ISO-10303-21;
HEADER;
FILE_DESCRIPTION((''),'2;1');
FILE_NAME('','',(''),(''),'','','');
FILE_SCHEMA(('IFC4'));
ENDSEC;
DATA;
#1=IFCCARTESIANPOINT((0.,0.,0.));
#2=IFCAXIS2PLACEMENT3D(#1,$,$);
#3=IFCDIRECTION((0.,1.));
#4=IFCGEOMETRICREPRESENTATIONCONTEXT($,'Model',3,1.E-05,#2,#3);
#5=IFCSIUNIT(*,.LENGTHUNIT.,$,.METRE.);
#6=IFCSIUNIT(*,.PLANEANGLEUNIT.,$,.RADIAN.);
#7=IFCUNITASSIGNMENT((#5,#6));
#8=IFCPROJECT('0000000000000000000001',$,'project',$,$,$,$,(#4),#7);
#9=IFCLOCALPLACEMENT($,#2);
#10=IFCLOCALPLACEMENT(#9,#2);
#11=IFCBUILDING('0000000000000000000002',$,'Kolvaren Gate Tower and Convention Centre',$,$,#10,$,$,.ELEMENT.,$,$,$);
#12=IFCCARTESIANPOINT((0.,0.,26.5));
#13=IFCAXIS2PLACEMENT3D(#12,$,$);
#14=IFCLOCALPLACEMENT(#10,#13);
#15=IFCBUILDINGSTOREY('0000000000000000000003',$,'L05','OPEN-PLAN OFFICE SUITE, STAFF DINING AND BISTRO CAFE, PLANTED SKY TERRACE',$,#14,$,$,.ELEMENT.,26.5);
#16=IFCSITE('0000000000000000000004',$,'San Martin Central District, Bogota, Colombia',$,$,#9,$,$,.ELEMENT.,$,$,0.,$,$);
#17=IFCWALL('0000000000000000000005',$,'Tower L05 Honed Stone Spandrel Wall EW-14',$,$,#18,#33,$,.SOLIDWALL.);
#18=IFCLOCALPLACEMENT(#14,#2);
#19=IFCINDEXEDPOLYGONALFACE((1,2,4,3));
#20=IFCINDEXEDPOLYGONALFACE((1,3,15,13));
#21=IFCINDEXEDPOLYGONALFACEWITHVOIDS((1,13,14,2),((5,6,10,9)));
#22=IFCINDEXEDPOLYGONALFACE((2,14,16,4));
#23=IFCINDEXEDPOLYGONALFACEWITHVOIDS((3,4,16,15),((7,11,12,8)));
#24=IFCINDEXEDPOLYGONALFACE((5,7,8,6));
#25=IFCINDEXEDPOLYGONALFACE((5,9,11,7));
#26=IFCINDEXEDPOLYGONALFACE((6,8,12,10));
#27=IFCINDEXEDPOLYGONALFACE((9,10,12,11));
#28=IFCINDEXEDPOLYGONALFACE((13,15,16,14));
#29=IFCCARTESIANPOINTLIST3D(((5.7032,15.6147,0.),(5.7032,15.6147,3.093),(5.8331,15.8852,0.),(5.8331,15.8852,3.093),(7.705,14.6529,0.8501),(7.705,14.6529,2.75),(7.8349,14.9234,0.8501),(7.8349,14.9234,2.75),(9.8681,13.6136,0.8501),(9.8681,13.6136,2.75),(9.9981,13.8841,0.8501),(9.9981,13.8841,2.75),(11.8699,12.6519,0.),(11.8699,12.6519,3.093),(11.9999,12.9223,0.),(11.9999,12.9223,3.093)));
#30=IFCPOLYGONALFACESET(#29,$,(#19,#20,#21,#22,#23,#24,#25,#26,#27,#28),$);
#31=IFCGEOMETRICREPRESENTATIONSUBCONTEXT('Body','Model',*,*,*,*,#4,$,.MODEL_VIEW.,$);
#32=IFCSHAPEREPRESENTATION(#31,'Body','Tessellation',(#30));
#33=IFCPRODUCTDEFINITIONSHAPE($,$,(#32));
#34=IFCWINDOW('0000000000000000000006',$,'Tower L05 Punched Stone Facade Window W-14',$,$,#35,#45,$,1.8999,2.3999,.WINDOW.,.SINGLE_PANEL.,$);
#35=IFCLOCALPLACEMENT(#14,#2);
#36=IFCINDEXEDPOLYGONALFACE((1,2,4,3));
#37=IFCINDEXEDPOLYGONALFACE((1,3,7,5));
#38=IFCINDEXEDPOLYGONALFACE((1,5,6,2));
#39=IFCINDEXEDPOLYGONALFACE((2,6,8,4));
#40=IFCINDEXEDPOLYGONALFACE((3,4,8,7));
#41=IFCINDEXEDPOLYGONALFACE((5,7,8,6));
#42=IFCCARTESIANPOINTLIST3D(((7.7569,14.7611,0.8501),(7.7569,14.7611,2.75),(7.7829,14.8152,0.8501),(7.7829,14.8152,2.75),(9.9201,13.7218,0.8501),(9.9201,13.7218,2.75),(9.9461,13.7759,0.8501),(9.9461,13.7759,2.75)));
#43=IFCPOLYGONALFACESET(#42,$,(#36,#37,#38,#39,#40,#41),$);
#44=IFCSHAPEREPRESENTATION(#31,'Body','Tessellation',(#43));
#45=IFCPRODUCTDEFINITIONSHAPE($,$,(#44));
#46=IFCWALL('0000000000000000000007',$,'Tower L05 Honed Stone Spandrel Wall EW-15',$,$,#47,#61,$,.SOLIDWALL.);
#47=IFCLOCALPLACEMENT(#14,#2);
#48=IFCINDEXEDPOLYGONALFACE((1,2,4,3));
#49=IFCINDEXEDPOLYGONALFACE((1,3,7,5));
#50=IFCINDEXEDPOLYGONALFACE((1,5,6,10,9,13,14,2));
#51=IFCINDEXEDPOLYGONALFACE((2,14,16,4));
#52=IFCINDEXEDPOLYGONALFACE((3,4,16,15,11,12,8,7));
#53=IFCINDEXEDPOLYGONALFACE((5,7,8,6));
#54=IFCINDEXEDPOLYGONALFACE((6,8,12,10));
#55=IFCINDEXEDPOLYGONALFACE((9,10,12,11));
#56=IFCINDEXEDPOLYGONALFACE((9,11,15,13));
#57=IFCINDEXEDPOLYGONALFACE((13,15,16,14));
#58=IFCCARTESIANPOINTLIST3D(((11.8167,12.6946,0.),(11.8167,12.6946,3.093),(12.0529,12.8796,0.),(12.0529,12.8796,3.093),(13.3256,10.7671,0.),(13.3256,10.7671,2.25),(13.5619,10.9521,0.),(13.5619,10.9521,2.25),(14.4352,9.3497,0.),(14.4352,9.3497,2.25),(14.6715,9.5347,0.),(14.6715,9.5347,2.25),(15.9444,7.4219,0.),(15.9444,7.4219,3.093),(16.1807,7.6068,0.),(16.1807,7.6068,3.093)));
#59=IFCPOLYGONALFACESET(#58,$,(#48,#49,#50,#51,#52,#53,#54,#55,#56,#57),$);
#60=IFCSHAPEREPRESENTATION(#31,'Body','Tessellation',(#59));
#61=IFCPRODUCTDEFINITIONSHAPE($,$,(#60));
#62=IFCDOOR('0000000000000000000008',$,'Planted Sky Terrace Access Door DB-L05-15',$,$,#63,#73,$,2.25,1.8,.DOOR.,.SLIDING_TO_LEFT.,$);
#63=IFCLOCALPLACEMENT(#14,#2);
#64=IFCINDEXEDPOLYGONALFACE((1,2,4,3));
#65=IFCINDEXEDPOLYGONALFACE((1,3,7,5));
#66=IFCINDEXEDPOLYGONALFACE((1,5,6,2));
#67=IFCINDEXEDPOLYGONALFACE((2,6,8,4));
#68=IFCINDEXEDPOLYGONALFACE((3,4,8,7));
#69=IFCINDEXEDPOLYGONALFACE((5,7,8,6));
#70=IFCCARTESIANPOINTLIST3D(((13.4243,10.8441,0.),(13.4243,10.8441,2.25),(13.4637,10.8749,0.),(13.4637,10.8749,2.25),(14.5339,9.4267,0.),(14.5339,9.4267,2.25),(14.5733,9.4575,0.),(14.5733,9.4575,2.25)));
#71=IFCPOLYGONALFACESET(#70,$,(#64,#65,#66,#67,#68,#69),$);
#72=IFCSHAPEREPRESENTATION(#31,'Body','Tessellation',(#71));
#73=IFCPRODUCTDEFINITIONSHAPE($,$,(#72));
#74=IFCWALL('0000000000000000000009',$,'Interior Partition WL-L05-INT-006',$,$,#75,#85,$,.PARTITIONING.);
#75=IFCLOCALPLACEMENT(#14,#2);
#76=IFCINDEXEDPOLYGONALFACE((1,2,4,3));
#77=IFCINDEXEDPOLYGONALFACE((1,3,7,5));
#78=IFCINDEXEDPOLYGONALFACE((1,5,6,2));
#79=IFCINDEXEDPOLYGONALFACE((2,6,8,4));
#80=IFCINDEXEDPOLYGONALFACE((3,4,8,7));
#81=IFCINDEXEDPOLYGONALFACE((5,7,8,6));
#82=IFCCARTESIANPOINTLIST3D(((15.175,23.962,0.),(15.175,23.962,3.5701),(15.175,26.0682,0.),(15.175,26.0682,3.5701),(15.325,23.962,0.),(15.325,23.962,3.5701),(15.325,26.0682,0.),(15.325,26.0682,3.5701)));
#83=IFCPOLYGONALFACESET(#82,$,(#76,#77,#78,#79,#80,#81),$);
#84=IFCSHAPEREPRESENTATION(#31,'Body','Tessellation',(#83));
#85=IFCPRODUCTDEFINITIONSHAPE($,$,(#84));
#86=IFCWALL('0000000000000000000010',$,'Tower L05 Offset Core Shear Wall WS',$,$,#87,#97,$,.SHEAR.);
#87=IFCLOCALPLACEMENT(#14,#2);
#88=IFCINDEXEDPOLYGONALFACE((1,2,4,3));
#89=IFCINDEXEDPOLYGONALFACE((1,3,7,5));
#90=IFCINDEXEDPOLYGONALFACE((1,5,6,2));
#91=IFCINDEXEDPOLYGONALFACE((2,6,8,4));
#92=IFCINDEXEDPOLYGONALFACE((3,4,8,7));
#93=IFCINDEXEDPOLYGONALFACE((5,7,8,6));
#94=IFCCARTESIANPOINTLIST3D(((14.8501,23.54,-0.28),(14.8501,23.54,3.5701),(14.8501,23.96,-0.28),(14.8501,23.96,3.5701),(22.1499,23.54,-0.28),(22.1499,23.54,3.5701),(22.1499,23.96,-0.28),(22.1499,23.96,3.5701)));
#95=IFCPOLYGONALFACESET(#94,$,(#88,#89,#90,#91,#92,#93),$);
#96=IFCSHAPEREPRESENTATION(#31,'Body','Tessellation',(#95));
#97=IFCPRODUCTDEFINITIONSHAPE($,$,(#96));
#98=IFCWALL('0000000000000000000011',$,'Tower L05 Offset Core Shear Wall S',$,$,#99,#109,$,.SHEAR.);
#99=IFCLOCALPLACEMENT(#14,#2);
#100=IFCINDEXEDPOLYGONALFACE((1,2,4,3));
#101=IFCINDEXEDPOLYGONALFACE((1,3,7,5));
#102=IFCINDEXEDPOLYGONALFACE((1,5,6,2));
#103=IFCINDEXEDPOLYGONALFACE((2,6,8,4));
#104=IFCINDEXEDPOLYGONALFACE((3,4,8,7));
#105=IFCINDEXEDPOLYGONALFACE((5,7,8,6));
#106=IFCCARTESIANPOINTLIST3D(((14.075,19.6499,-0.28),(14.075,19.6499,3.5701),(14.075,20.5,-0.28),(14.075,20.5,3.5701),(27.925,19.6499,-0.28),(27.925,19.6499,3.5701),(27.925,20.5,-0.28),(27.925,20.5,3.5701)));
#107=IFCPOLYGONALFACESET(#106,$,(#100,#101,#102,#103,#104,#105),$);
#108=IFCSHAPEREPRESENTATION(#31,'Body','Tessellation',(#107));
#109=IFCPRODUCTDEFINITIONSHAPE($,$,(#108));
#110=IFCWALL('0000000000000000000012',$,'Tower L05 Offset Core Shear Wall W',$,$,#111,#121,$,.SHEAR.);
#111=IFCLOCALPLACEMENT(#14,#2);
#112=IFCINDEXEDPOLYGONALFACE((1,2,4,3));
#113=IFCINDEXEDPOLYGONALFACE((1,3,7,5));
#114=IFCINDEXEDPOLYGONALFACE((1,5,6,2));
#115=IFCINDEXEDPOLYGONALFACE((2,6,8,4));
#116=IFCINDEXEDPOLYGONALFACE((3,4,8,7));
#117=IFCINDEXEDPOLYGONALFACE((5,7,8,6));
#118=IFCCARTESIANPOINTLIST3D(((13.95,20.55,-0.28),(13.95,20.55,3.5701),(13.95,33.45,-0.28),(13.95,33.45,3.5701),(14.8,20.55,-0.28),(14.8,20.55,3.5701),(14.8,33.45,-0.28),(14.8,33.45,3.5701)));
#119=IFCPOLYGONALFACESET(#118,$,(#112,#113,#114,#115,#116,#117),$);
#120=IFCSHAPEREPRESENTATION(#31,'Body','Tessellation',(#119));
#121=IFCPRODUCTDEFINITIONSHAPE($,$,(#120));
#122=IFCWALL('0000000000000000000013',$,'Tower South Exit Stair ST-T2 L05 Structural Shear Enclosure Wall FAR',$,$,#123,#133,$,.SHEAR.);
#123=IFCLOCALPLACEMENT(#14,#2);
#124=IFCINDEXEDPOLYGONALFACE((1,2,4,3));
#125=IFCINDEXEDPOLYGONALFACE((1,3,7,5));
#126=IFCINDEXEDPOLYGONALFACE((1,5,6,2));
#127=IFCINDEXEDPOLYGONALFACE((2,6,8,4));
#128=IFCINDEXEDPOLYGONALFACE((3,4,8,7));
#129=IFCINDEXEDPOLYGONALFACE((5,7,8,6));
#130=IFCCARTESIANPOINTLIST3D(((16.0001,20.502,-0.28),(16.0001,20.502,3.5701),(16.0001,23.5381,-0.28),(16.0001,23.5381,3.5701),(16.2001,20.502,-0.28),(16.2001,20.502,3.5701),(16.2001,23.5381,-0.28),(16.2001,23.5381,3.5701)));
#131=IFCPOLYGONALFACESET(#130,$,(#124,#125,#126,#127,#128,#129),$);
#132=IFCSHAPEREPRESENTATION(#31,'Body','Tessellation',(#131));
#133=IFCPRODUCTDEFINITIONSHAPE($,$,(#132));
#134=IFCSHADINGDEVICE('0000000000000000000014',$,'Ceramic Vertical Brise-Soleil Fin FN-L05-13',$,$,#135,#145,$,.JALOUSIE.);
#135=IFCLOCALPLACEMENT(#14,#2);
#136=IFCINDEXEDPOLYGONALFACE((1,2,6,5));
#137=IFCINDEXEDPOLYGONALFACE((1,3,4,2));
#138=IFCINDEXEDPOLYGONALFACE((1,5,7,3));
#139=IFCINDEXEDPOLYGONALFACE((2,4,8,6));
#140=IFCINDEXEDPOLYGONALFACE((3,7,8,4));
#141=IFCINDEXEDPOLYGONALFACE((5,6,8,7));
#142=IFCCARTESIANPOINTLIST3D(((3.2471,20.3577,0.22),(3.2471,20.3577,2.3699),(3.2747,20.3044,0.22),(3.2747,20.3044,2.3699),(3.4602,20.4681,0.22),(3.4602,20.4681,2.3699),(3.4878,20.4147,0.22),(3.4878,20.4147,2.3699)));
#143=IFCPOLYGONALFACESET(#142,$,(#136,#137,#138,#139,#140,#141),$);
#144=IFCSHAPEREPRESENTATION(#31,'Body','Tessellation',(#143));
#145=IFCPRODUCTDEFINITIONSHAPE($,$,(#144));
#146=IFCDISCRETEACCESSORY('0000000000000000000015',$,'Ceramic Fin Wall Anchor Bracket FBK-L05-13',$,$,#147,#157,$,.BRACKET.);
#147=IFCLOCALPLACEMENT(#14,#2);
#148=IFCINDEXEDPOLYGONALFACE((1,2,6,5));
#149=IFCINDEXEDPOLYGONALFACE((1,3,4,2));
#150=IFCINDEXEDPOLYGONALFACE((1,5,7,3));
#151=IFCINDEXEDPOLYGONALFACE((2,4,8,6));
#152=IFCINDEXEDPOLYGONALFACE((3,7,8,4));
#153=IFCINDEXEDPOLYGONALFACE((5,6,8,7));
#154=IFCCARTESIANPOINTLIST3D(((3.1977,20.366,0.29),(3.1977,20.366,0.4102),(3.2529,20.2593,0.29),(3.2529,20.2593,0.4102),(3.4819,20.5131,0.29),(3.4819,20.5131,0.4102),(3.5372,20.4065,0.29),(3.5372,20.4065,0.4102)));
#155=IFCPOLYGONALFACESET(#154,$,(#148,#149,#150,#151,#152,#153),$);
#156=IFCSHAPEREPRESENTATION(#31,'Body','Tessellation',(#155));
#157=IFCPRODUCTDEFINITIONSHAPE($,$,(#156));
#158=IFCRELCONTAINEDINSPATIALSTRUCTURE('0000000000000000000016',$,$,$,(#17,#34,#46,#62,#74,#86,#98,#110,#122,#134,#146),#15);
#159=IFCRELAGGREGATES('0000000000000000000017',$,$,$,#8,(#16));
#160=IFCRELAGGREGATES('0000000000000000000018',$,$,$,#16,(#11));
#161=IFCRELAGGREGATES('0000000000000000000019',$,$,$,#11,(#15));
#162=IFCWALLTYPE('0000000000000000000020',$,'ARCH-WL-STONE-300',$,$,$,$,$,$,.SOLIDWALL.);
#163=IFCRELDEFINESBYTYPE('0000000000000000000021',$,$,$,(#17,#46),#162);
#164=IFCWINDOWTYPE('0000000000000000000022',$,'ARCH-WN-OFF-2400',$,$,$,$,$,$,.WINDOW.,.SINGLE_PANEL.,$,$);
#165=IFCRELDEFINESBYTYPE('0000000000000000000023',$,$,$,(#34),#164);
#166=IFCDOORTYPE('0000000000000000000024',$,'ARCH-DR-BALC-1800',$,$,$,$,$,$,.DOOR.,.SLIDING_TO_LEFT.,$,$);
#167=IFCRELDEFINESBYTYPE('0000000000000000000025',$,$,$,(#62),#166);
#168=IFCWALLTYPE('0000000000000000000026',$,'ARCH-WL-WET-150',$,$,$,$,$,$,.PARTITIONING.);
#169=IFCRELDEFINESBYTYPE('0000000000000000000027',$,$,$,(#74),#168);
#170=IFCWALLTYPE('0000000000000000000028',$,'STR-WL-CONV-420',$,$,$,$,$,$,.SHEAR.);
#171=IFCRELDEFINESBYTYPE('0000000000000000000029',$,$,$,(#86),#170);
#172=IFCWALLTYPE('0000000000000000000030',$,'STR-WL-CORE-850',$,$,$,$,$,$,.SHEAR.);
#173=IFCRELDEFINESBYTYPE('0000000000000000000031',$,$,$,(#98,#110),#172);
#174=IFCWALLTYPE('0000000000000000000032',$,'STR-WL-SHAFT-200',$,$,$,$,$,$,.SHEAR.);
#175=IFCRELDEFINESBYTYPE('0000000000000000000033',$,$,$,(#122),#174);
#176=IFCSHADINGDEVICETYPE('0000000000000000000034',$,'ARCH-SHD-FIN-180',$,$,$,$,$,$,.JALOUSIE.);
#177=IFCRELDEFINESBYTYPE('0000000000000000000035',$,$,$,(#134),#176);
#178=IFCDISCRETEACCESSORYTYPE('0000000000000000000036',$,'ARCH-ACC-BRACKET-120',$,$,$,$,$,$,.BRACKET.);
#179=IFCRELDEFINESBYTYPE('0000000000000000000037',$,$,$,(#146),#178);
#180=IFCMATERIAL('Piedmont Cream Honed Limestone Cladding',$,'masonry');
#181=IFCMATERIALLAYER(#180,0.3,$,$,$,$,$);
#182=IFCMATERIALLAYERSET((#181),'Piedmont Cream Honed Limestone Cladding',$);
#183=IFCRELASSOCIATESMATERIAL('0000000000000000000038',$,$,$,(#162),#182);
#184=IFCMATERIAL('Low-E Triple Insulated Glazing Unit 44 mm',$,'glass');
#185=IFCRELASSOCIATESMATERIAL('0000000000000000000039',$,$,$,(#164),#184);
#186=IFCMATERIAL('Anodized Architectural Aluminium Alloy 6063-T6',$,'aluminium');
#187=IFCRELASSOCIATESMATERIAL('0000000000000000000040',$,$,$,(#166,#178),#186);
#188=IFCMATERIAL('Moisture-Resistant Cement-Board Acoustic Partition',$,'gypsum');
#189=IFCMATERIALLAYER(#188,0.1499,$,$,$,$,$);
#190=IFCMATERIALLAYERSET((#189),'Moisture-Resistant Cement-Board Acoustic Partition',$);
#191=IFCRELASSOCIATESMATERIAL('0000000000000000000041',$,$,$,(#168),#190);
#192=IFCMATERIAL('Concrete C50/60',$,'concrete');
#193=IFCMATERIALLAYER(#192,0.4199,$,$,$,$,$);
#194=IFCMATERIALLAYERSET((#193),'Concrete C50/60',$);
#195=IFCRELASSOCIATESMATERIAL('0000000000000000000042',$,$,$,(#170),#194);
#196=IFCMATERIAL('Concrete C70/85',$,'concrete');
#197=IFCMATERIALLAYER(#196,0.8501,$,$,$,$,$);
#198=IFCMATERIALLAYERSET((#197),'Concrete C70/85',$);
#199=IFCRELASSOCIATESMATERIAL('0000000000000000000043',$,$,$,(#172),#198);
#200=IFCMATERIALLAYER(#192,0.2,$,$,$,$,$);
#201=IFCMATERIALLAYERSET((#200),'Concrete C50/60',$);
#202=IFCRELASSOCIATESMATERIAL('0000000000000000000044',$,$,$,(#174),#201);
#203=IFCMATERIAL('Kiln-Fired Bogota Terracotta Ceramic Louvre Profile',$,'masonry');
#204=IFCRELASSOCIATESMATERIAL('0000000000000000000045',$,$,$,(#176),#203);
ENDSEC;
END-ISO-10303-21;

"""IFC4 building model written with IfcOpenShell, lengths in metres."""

from ifc_helpers import new_model, si_unit, direction, frame, frame_2d, origin, origin_2d, place, context, subcontext, project, spatial, rectangle, extrude, material, layer, layer_set, type_object, element, fill, save


model = new_model("IFC4")

# Units and contexts
model_context = context("Model", 3, precision=1e-05, world=origin(), true_north=direction((0.0, 1.0)))
body_context = subcontext(model_context, "Body", "Model", "MODEL_VIEW")
ifc_project = project(units=[si_unit("LENGTHUNIT", "METRE"), si_unit("PLANEANGLEUNIT", "RADIAN")], contexts=[model_context])

# Site, building, storey
site_placement = place(None, origin())
site = spatial("IfcSite", under=ifc_project, at=site_placement, Name="San Martin Central District, Bogota, Colombia", CompositionType="ELEMENT", RefElevation=0.0)
building_placement = place(site_placement, origin())
building = spatial("IfcBuilding", under=site, at=building_placement, Name="Kolvaren Gate Tower and Convention Centre", CompositionType="ELEMENT")
storey_placement = place(building_placement, frame((0.0, 0.0, 26.5)))
storey = spatial("IfcBuildingStorey", under=building, at=storey_placement, Name="L05", Description="OPEN-PLAN OFFICE SUITE, STAFF DINING AND BISTRO CAFE, PLANTED SKY TERRACE", CompositionType="ELEMENT", Elevation=26.5)

# Shared definitions
ifc_material_1 = material(Name="Concrete C70/85", Category="concrete")

# Shared definitions
ifc_material_2 = material(Name="Piedmont Cream Honed Limestone Cladding", Category="masonry")

# Wall, opening, window
ifc_layer_1 = layer(ifc_material_2, 0.3)
ifc_layer_set_1 = layer_set([ifc_layer_1], Name="Piedmont Cream Honed Limestone Cladding")
wall_type_1 = type_object("IfcWallType", Name="ARCH-WL-STONE-300", PredefinedType="SOLIDWALL", material=ifc_layer_set_1)
ifc_material_3 = material(Name="Low-E Triple Insulated Glazing Unit 44 mm", Category="glass")
window_type = type_object("IfcWindowType", Name="ARCH-WN-OFF-2400", PartitioningType="SINGLE_PANEL", PredefinedType="WINDOW", material=ifc_material_3)
wall_1_placement = place(storey_placement, frame((5.7681, 15.75, 0.0), z_axis=(0.0, 0.0, 1.0), x_axis=(0.90136, -0.43307, 0.0)))
wall_1 = element("IfcWall", 1, at=wall_1_placement, inside=storey, type_object=wall_type_1, Name="Tower L05 Honed Stone Spandrel Wall EW-14", PredefinedType="SOLIDWALL", context=body_context, shape_type="SweptSolid", body=[
    extrude(rectangle(XDim=6.8416, YDim=0.3, at=frame_2d((3.4209, 0.0))), origin(), (0.0, 0.0, 1.0), 3.093),
])
opening_1_placement = place(wall_1_placement, frame((2.2209, 0.0, 0.8501)))
opening_1 = element("IfcOpeningElement", 2, at=opening_1_placement, cuts=wall_1, PredefinedType="OPENING", context=body_context, shape_type="SweptSolid", body=[
    extrude(rectangle(XDim=2.3999, YDim=1.8999, at=frame_2d((1.2, 0.95))), frame((0.0, 0.1599, 0.0), z_axis=(0.0, -1.0, 0.0), x_axis=(1.0, 0.0, 0.0)), (0.0, 0.0, 1.0), 0.3201),
])
window_1_placement = place(opening_1_placement, origin())
window_1 = element("IfcWindow", 3, at=window_1_placement, inside=storey, type_object=window_type, Name="Tower L05 Punched Stone Facade Window W-14", OverallHeight=1.8999, OverallWidth=2.3999, PartitioningType="SINGLE_PANEL", PredefinedType="WINDOW", context=body_context, shape_type="SweptSolid", body=[
    extrude(rectangle(XDim=2.3999, YDim=1.8999, at=frame_2d((1.2, 0.95))), frame((0.0, 0.03, 0.0), z_axis=(0.0, -1.0, 0.0), x_axis=(1.0, 0.0, 0.0)), (0.0, 0.0, 1.0), 0.0601),
])
fill(opening_1, window_1)

# Wall, opening, door
wall_2_placement = place(storey_placement, frame((11.9348, 12.7871, 0.0), z_axis=(0.0, 0.0, 1.0), x_axis=(0.616421, -0.787417, 0.0)))
wall_2 = element("IfcWall", 4, at=wall_2_placement, inside=storey, type_object=wall_type_1, Name="Tower L05 Honed Stone Spandrel Wall EW-15", PredefinedType="SOLIDWALL", context=body_context, shape_type="SweptSolid", body=[
    extrude(rectangle(XDim=6.6963, YDim=0.3, at=frame_2d((3.3481, 0.0))), origin(), (0.0, 0.0, 1.0), 3.093),
])
opening_2_placement = place(wall_2_placement, frame((2.448, 0.0, 0.0)))
opening_2 = element("IfcOpeningElement", 5, at=opening_2_placement, cuts=wall_2, PredefinedType="OPENING", context=body_context, shape_type="SweptSolid", body=[
    extrude(rectangle(XDim=1.8, YDim=2.25, at=frame_2d((0.8999, 1.125))), frame((0.0, 0.1599, 0.0), z_axis=(0.0, -1.0, 0.0), x_axis=(1.0, 0.0, 0.0)), (0.0, 0.0, 1.0), 0.3201),
])
ifc_material_4 = material(Name="Anodized Architectural Aluminium Alloy 6063-T6", Category="aluminium")
door_type = type_object("IfcDoorType", Name="ARCH-DR-BALC-1800", OperationType="SLIDING_TO_LEFT", PredefinedType="DOOR", material=ifc_material_4)
door_placement = place(opening_2_placement, frame((1.8, 0.0, 0.0), z_axis=(0.0, 0.0, 1.0), x_axis=(-1.0, 0.0, 0.0)))
door = element("IfcDoor", 6, at=door_placement, inside=storey, type_object=door_type, Name="Planted Sky Terrace Access Door DB-L05-15", OperationType="SLIDING_TO_LEFT", OverallHeight=2.25, OverallWidth=1.8, PredefinedType="DOOR", context=body_context, shape_type="SweptSolid", body=[
    extrude(rectangle(XDim=1.8, YDim=2.25, at=frame_2d((0.8999, 1.125))), frame((0.0, 0.0249, 0.0), z_axis=(0.0, -1.0, 0.0), x_axis=(1.0, 0.0, 0.0)), (0.0, 0.0, 1.0), 0.05),
])
fill(opening_2, door)

# Walls
ifc_material_5 = material(Name="Moisture-Resistant Cement-Board Acoustic Partition", Category="gypsum")
ifc_layer_2 = layer(ifc_material_5, 0.1499)
ifc_layer_set_2 = layer_set([ifc_layer_2], Name="Moisture-Resistant Cement-Board Acoustic Partition")
wall_type_2 = type_object("IfcWallType", Name="ARCH-WL-WET-150", PredefinedType="PARTITIONING", material=ifc_layer_set_2)
wall_3_placement = place(storey_placement, frame((15.25, 23.9619, 0.0), z_axis=(0.0, 0.0, 1.0), x_axis=(0.0, 1.0, 0.0)))
element("IfcWall", 7, at=wall_3_placement, inside=storey, type_object=wall_type_2, Name="Interior Partition WL-L05-INT-006", PredefinedType="PARTITIONING", context=body_context, shape_type="SweptSolid", body=[
    extrude(rectangle(XDim=2.1062, YDim=0.1499, at=frame_2d((1.0532, 0.0))), origin(), (0.0, 0.0, 1.0), 3.5701),
])
ifc_material_6 = material(Name="Concrete C50/60", Category="concrete")
ifc_layer_3 = layer(ifc_material_6, 0.4199)
ifc_layer_set_3 = layer_set([ifc_layer_3], Name="Concrete C50/60")
wall_type_3 = type_object("IfcWallType", Name="STR-WL-CONV-420", PredefinedType="SHEAR", material=ifc_layer_set_3)
wall_4_placement = place(storey_placement, frame((14.8501, 23.75, -0.28), z_axis=(0.0, 0.0, 1.0), x_axis=(1.0, 0.0, 0.0)))
element("IfcWall", 8, at=wall_4_placement, inside=storey, type_object=wall_type_3, Name="Tower L05 Offset Core Shear Wall WS", PredefinedType="SHEAR", context=body_context, shape_type="SweptSolid", body=[
    extrude(rectangle(XDim=7.2998, YDim=0.4199, at=frame_2d((3.6499, 0.0))), origin(), (0.0, 0.0, 1.0), 3.8501),
])
ifc_layer_4 = layer(ifc_material_1, 0.8501)
ifc_layer_set_4 = layer_set([ifc_layer_4], Name="Concrete C70/85")
wall_type_4 = type_object("IfcWallType", Name="STR-WL-CORE-850", PredefinedType="SHEAR", material=ifc_layer_set_4)
wall_5_placement = place(storey_placement, frame((14.075, 20.075, -0.28), z_axis=(0.0, 0.0, 1.0), x_axis=(1.0, 0.0, 0.0)))
element("IfcWall", 9, at=wall_5_placement, inside=storey, type_object=wall_type_4, Name="Tower L05 Offset Core Shear Wall S", PredefinedType="SHEAR", context=body_context, shape_type="SweptSolid", body=[
    extrude(rectangle(XDim=13.8501, YDim=0.8501, at=frame_2d((6.925, 0.0))), origin(), (0.0, 0.0, 1.0), 3.8501),
])
wall_6_placement = place(storey_placement, frame((14.375, 20.55, -0.28), z_axis=(0.0, 0.0, 1.0), x_axis=(0.0, 1.0, 0.0)))
element("IfcWall", 10, at=wall_6_placement, inside=storey, type_object=wall_type_4, Name="Tower L05 Offset Core Shear Wall W", PredefinedType="SHEAR", context=body_context, shape_type="SweptSolid", body=[
    extrude(rectangle(XDim=12.8999, YDim=0.8501, at=frame_2d((6.45, 0.0))), origin(), (0.0, 0.0, 1.0), 3.8501),
])
ifc_layer_5 = layer(ifc_material_6, 0.2)
ifc_layer_set_5 = layer_set([ifc_layer_5], Name="Concrete C50/60")
wall_type_5 = type_object("IfcWallType", Name="STR-WL-SHAFT-200", PredefinedType="SHEAR", material=ifc_layer_set_5)
wall_7_placement = place(storey_placement, frame((16.1001, 20.502, -0.28), z_axis=(0.0, 0.0, 1.0), x_axis=(0.0, 1.0, 0.0)))
element("IfcWall", 11, at=wall_7_placement, inside=storey, type_object=wall_type_5, Name="Tower South Exit Stair ST-T2 L05 Structural Shear Enclosure Wall FAR", PredefinedType="SHEAR", context=body_context, shape_type="SweptSolid", body=[
    extrude(rectangle(XDim=3.0361, YDim=0.2, at=frame_2d((1.5181, 0.0))), origin(), (0.0, 0.0, 1.0), 3.8501),
])

# Shading device
ifc_material_7 = material(Name="Kiln-Fired Bogota Terracotta Ceramic Louvre Profile", Category="masonry")
shading_device_type = type_object("IfcShadingDeviceType", Name="ARCH-SHD-FIN-180", PredefinedType="JALOUSIE", material=ifc_material_7)
shading_device_placement = place(storey_placement, frame((3.3674, 20.3862, 0.22), z_axis=(0.0, 0.0, 1.0), x_axis=(0.459789, -0.888028, 0.0)))
element("IfcShadingDevice", 12, at=shading_device_placement, inside=storey, type_object=shading_device_type, Name="Ceramic Vertical Brise-Soleil Fin FN-L05-13", PredefinedType="JALOUSIE", context=body_context, shape_type="SweptSolid", body=[
    extrude(rectangle(XDim=0.0601, YDim=0.24, at=origin_2d()), origin(), (0.0, 0.0, 1.0), 2.1499),
])

# Discrete accessory
discrete_accessory_type = type_object("IfcDiscreteAccessoryType", Name="ARCH-ACC-BRACKET-120", PredefinedType="BRACKET", material=ifc_material_4)
discrete_accessory_placement = place(storey_placement, frame((3.3674, 20.3862, 0.29), z_axis=(0.0, 0.0, 1.0), x_axis=(0.459789, -0.888028, 0.0)))
element("IfcDiscreteAccessory", 13, at=discrete_accessory_placement, inside=storey, type_object=discrete_accessory_type, Name="Ceramic Fin Wall Anchor Bracket FBK-L05-13", PredefinedType="BRACKET", context=body_context, shape_type="SweptSolid", body=[
    extrude(rectangle(XDim=0.1201, YDim=0.3201, at=origin_2d()), origin(), (0.0, 0.0, 1.0), 0.1201),
])

save(model, "model.ifc")
